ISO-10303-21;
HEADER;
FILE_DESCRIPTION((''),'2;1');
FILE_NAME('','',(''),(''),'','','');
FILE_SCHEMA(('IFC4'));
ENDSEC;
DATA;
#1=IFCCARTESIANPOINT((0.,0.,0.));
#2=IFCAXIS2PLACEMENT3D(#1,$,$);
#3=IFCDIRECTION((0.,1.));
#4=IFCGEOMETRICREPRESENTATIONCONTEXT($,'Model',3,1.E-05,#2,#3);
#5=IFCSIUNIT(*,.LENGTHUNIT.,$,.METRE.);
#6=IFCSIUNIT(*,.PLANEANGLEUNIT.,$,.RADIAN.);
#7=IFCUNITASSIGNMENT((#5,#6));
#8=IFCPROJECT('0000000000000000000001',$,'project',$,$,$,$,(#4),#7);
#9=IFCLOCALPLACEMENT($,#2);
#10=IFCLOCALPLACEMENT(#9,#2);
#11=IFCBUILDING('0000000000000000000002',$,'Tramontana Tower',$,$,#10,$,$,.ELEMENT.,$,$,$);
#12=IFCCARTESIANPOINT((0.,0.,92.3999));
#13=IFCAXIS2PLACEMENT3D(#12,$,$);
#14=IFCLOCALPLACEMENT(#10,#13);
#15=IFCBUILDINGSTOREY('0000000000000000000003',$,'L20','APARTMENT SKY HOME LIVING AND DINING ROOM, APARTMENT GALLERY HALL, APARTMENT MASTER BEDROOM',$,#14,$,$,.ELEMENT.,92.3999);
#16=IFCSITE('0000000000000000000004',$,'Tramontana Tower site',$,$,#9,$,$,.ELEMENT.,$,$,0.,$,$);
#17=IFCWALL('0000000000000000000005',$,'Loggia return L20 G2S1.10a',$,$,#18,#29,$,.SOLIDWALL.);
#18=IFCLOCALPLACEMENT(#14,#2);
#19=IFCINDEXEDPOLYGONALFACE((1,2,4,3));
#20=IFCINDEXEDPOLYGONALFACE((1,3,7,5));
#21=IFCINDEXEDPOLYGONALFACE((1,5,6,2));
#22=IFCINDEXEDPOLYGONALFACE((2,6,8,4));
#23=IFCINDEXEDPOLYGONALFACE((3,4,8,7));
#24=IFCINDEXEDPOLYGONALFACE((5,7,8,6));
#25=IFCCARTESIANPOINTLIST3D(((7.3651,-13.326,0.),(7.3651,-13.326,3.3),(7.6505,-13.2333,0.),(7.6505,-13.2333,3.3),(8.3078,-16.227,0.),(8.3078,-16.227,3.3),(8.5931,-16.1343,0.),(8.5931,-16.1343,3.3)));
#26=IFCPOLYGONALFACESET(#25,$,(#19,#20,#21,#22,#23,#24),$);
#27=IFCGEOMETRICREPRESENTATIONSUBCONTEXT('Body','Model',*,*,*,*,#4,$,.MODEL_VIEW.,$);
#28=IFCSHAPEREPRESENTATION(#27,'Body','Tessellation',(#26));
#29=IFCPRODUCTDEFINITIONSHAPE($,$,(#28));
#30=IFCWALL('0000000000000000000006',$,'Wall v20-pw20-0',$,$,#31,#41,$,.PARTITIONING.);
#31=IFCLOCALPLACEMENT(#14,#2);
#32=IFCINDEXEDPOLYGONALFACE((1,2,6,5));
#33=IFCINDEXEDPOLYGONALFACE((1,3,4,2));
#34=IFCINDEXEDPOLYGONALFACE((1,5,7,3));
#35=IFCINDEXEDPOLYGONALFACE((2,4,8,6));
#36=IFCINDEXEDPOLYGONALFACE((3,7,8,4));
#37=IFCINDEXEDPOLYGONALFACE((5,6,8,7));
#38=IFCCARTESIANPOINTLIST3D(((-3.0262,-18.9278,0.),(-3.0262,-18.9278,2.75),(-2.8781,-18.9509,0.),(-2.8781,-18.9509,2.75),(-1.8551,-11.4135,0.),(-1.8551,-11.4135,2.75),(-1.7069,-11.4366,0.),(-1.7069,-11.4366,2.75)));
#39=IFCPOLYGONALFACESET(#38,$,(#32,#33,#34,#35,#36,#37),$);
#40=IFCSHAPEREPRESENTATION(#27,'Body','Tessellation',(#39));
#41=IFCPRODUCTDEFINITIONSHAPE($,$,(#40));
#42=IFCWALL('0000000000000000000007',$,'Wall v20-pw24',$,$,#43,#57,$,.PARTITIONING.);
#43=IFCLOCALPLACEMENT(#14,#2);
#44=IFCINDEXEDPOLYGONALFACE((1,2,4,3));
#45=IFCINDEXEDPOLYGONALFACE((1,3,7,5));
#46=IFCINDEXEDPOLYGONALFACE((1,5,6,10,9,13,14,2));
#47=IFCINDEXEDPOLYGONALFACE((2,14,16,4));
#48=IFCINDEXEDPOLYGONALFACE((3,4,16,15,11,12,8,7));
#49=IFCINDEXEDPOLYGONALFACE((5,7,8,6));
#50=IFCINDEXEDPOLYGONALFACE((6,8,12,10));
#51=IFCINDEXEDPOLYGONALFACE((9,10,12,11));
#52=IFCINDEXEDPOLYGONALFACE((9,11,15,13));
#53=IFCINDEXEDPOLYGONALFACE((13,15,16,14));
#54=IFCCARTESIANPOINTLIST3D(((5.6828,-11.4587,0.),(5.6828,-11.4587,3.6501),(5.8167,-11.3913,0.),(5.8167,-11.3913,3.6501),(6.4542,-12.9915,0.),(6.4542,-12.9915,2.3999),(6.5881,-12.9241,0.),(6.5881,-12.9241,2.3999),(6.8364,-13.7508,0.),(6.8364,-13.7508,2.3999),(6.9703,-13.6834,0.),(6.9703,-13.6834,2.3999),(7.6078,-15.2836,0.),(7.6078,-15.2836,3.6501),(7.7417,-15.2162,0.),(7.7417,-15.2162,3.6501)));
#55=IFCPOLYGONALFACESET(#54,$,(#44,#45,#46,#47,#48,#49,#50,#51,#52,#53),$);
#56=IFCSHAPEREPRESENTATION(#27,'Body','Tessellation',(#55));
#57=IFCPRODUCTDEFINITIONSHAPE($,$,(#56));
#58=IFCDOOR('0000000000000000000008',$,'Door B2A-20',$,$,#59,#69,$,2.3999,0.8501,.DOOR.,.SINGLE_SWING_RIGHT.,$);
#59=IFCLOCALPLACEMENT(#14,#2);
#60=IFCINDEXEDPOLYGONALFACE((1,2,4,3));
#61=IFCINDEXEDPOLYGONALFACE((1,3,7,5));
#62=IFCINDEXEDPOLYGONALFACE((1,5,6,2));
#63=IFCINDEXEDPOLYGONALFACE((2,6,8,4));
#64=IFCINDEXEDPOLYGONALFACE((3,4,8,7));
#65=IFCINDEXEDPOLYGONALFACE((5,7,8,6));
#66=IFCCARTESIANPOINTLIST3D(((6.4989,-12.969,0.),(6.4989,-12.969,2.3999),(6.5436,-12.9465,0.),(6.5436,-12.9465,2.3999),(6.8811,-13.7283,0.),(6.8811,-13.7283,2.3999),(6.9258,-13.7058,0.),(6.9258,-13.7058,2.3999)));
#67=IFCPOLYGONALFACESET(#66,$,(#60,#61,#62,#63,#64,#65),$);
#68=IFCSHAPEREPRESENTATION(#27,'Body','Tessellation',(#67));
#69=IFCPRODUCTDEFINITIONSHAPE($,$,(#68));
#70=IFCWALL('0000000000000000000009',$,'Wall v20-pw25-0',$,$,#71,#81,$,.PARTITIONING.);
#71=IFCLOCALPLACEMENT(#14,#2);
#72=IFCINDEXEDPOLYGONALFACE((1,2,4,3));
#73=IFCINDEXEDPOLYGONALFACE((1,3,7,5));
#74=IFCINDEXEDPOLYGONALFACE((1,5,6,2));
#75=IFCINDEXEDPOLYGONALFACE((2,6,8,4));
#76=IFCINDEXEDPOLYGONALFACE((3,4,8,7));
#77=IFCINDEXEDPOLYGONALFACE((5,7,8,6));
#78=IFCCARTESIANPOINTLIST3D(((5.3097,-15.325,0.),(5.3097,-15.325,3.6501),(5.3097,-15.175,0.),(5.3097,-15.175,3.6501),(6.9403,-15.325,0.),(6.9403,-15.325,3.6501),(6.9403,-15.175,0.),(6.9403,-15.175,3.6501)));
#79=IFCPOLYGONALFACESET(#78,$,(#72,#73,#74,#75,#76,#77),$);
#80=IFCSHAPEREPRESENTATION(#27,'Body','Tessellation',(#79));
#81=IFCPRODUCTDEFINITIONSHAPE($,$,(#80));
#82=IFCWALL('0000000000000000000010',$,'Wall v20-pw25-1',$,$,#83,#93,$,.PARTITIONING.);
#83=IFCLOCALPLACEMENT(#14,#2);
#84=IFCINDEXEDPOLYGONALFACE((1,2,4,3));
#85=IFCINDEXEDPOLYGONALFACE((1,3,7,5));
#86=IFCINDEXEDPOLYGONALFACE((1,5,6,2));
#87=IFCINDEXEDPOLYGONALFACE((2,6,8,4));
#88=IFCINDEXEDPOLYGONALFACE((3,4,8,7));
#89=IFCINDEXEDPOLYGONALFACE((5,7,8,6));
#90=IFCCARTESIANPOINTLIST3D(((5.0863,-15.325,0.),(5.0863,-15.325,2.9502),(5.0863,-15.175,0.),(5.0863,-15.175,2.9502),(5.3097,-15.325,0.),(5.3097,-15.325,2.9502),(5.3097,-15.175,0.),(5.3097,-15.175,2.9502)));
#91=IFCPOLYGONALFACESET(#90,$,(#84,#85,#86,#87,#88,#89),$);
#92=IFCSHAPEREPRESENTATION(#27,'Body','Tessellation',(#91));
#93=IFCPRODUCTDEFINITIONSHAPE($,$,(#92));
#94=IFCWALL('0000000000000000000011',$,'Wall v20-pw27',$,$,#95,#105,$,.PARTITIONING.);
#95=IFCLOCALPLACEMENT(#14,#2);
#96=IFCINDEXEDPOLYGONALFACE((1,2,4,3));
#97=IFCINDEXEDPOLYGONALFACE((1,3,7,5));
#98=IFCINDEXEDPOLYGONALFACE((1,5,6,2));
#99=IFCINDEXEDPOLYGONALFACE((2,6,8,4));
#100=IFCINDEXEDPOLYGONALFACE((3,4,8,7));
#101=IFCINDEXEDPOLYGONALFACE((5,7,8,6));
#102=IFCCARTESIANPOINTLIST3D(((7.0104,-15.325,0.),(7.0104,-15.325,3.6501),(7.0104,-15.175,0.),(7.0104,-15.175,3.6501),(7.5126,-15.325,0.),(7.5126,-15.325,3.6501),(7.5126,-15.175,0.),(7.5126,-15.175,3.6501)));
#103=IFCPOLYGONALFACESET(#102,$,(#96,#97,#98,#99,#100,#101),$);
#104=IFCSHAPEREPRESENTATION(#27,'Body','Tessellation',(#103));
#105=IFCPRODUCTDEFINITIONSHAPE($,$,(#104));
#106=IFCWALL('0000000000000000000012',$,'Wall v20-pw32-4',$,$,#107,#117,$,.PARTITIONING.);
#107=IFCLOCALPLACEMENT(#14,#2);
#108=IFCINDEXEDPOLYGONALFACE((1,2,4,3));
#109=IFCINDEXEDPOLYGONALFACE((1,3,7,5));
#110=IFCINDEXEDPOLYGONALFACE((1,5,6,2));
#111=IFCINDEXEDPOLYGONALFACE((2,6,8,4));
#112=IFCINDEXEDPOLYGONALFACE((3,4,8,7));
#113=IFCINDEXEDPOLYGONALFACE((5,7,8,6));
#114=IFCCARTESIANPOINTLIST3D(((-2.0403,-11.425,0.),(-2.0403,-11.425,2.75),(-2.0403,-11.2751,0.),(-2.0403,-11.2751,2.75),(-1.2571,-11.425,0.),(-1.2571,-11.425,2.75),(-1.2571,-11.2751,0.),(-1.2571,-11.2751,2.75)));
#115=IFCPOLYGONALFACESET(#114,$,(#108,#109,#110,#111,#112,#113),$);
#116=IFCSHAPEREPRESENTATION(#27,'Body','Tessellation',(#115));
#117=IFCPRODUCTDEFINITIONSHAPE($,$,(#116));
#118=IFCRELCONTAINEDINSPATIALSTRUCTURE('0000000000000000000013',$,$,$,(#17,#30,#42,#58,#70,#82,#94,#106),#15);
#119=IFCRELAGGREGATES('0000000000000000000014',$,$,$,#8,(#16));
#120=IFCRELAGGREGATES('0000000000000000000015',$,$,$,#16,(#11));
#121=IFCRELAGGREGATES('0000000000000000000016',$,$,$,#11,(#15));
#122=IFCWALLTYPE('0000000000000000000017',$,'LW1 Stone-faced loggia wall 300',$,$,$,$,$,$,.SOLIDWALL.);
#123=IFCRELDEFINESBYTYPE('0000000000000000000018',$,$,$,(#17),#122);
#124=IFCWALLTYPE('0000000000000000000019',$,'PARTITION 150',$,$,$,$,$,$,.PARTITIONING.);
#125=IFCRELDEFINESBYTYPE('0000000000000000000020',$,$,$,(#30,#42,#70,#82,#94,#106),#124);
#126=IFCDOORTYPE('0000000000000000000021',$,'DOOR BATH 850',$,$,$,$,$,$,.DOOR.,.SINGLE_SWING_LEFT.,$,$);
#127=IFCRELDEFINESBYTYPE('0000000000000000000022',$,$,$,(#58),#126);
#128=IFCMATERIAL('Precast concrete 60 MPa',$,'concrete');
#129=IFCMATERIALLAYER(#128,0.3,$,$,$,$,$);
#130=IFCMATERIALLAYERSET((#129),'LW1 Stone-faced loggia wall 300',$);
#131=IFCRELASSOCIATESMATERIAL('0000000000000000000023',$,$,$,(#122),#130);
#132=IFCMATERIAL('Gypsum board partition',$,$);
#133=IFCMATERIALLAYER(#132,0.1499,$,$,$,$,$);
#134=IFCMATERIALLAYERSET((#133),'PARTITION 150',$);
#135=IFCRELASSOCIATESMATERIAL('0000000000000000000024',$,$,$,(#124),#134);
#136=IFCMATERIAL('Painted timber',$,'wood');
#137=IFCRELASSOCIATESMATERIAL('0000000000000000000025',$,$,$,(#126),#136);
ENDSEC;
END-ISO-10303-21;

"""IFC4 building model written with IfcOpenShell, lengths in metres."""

from ifc_helpers import new_model, si_unit, direction, frame, frame_2d, origin, place, context, subcontext, project, spatial, rectangle, extrude, material, layer, layer_set, type_object, element, fill, save


model = new_model("IFC4")

# Units and contexts
model_context = context("Model", 3, precision=1e-05, world=origin(), true_north=direction((0.0, 1.0)))
body_context = subcontext(model_context, "Body", "Model", "MODEL_VIEW")
ifc_project = project(units=[si_unit("LENGTHUNIT", "METRE"), si_unit("PLANEANGLEUNIT", "RADIAN")], contexts=[model_context])

# Site, building, storey
site_placement = place(None, origin())
site = spatial("IfcSite", under=ifc_project, at=site_placement, Name="Tramontana Tower site", CompositionType="ELEMENT", RefElevation=0.0)
building_placement = place(site_placement, origin())
building = spatial("IfcBuilding", under=site, at=building_placement, Name="Tramontana Tower", CompositionType="ELEMENT")
storey_placement = place(building_placement, frame((0.0, 0.0, 92.3999)))
storey = spatial("IfcBuildingStorey", under=building, at=storey_placement, Name="L20", Description="APARTMENT SKY HOME LIVING AND DINING ROOM, APARTMENT GALLERY HALL, APARTMENT MASTER BEDROOM", CompositionType="ELEMENT", Elevation=92.3999)

# Shared definitions
ifc_material_1 = material(Name="Precast concrete 60 MPa", Category="concrete")
ifc_layer_1 = layer(ifc_material_1, 0.3)
ifc_layer_set_1 = layer_set([ifc_layer_1], Name="LW1 Stone-faced loggia wall 300")
wall_type_1 = type_object("IfcWallType", Name="LW1 Stone-faced loggia wall 300", PredefinedType="SOLIDWALL", material=ifc_layer_set_1)

# Walls
wall_1_placement = place(storey_placement, frame((8.4504, -16.1807, 0.0), z_axis=(0.0, 0.0, 1.0), x_axis=(-0.309039, 0.951049, 0.0)))
element("IfcWall", 1, at=wall_1_placement, inside=storey, type_object=wall_type_1, Name="Loggia return L20 G2S1.10a", PredefinedType="SOLIDWALL", context=body_context, shape_type="SweptSolid", body=[
    extrude(rectangle(XDim=3.0503, YDim=0.3, at=frame_2d((1.5251, 0.0))), origin(), (0.0, 0.0, 1.0), 3.3),
])
ifc_material_2 = material(Name="Gypsum board partition")
ifc_layer_2 = layer(ifc_material_2, 0.1499)
ifc_layer_set_2 = layer_set([ifc_layer_2], Name="PARTITION 150")
wall_type_2 = type_object("IfcWallType", Name="PARTITION 150", PredefinedType="PARTITIONING", material=ifc_layer_set_2)
wall_2_placement = place(storey_placement, frame((-1.781, -11.425, 0.0), z_axis=(0.0, 0.0, 1.0), x_axis=(-0.153999, -0.988071, 0.0)))
element("IfcWall", 2, at=wall_2_placement, inside=storey, type_object=wall_type_2, Name="Wall v20-pw20-0", PredefinedType="PARTITIONING", context=body_context, shape_type="SweptSolid", body=[
    extrude(rectangle(XDim=7.605, YDim=0.1499, at=frame_2d((3.8025, 0.0))), origin(), (0.0, 0.0, 1.0), 2.75),
])

# Wall, opening, door
wall_3_placement = place(storey_placement, frame((7.6748, -15.25, 0.0), z_axis=(0.0, 0.0, 1.0), x_axis=(-0.449561, 0.89325, 0.0)))
wall_3 = element("IfcWall", 3, at=wall_3_placement, inside=storey, type_object=wall_type_2, Name="Wall v20-pw24", PredefinedType="PARTITIONING", context=body_context, shape_type="SweptSolid", body=[
    extrude(rectangle(XDim=4.282, YDim=0.1499, at=frame_2d((2.1411, 0.0))), origin(), (0.0, 0.0, 1.0), 3.6501),
])
opening_1_placement = place(wall_3_placement, frame((1.7161, 0.0, 0.0)))
opening_1 = element("IfcOpeningElement", 4, at=opening_1_placement, cuts=wall_3, PredefinedType="OPENING", context=body_context, shape_type="SweptSolid", body=[
    extrude(rectangle(XDim=0.8501, YDim=2.3999, at=frame_2d((0.425, 1.2))), frame((0.0, 0.085, 0.0), z_axis=(0.0, -1.0, 0.0), x_axis=(1.0, 0.0, 0.0)), (0.0, 0.0, 1.0), 0.1699),
])
ifc_material_3 = material(Name="Painted timber", Category="wood")
door_type_1 = type_object("IfcDoorType", Name="DOOR BATH 850", OperationType="SINGLE_SWING_LEFT", PredefinedType="DOOR", material=ifc_material_3)
door_1_placement = place(opening_1_placement, origin())
door_1 = element("IfcDoor", 5, at=door_1_placement, inside=storey, type_object=door_type_1, Name="Door B2A-20", OperationType="SINGLE_SWING_RIGHT", OverallHeight=2.3999, OverallWidth=0.8501, PredefinedType="DOOR", context=body_context, shape_type="SweptSolid", body=[
    extrude(rectangle(XDim=0.8501, YDim=2.3999, at=frame_2d((0.425, 1.2))), frame((0.0, 0.0249, 0.0), z_axis=(0.0, -1.0, 0.0), x_axis=(1.0, 0.0, 0.0)), (0.0, 0.0, 1.0), 0.05),
])
fill(opening_1, door_1)

# Walls
wall_4_placement = place(storey_placement, frame((6.9404, -15.25, 0.0), z_axis=(0.0, 0.0, 1.0), x_axis=(-1.0, 0.0, 0.0)))
element("IfcWall", 6, at=wall_4_placement, inside=storey, type_object=wall_type_2, Name="Wall v20-pw25-0", PredefinedType="PARTITIONING", context=body_context, shape_type="SweptSolid", body=[
    extrude(rectangle(XDim=1.6306, YDim=0.1499, at=frame_2d((0.8154, 0.0))), origin(), (0.0, 0.0, 1.0), 3.6501),
])
wall_5_placement = place(storey_placement, frame((5.3098, -15.25, 0.0), z_axis=(0.0, 0.0, 1.0), x_axis=(-1.0, 0.0, 0.0)))
element("IfcWall", 7, at=wall_5_placement, inside=storey, type_object=wall_type_2, Name="Wall v20-pw25-1", PredefinedType="PARTITIONING", context=body_context, shape_type="SweptSolid", body=[
    extrude(rectangle(XDim=0.2234, YDim=0.1499, at=frame_2d((0.1118, 0.0))), origin(), (0.0, 0.0, 1.0), 2.9502),
])
wall_6_placement = place(storey_placement, frame((7.5125, -15.25, 0.0), z_axis=(0.0, 0.0, 1.0), x_axis=(-1.0, 0.0, 0.0)))
element("IfcWall", 8, at=wall_6_placement, inside=storey, type_object=wall_type_2, Name="Wall v20-pw27", PredefinedType="PARTITIONING", context=body_context, shape_type="SweptSolid", body=[
    extrude(rectangle(XDim=0.5022, YDim=0.1499, at=frame_2d((0.251, 0.0))), origin(), (0.0, 0.0, 1.0), 3.6501),
])
wall_7_placement = place(storey_placement, frame((-1.2571, -11.3501, 0.0), z_axis=(0.0, 0.0, 1.0), x_axis=(-1.0, 0.0, 0.0)))
element("IfcWall", 9, at=wall_7_placement, inside=storey, type_object=wall_type_2, Name="Wall v20-pw32-4", PredefinedType="PARTITIONING", context=body_context, shape_type="SweptSolid", body=[
    extrude(rectangle(XDim=0.7832, YDim=0.1499, at=frame_2d((0.3916, 0.0))), origin(), (0.0, 0.0, 1.0), 2.75),
])

save(model, "model.ifc")
